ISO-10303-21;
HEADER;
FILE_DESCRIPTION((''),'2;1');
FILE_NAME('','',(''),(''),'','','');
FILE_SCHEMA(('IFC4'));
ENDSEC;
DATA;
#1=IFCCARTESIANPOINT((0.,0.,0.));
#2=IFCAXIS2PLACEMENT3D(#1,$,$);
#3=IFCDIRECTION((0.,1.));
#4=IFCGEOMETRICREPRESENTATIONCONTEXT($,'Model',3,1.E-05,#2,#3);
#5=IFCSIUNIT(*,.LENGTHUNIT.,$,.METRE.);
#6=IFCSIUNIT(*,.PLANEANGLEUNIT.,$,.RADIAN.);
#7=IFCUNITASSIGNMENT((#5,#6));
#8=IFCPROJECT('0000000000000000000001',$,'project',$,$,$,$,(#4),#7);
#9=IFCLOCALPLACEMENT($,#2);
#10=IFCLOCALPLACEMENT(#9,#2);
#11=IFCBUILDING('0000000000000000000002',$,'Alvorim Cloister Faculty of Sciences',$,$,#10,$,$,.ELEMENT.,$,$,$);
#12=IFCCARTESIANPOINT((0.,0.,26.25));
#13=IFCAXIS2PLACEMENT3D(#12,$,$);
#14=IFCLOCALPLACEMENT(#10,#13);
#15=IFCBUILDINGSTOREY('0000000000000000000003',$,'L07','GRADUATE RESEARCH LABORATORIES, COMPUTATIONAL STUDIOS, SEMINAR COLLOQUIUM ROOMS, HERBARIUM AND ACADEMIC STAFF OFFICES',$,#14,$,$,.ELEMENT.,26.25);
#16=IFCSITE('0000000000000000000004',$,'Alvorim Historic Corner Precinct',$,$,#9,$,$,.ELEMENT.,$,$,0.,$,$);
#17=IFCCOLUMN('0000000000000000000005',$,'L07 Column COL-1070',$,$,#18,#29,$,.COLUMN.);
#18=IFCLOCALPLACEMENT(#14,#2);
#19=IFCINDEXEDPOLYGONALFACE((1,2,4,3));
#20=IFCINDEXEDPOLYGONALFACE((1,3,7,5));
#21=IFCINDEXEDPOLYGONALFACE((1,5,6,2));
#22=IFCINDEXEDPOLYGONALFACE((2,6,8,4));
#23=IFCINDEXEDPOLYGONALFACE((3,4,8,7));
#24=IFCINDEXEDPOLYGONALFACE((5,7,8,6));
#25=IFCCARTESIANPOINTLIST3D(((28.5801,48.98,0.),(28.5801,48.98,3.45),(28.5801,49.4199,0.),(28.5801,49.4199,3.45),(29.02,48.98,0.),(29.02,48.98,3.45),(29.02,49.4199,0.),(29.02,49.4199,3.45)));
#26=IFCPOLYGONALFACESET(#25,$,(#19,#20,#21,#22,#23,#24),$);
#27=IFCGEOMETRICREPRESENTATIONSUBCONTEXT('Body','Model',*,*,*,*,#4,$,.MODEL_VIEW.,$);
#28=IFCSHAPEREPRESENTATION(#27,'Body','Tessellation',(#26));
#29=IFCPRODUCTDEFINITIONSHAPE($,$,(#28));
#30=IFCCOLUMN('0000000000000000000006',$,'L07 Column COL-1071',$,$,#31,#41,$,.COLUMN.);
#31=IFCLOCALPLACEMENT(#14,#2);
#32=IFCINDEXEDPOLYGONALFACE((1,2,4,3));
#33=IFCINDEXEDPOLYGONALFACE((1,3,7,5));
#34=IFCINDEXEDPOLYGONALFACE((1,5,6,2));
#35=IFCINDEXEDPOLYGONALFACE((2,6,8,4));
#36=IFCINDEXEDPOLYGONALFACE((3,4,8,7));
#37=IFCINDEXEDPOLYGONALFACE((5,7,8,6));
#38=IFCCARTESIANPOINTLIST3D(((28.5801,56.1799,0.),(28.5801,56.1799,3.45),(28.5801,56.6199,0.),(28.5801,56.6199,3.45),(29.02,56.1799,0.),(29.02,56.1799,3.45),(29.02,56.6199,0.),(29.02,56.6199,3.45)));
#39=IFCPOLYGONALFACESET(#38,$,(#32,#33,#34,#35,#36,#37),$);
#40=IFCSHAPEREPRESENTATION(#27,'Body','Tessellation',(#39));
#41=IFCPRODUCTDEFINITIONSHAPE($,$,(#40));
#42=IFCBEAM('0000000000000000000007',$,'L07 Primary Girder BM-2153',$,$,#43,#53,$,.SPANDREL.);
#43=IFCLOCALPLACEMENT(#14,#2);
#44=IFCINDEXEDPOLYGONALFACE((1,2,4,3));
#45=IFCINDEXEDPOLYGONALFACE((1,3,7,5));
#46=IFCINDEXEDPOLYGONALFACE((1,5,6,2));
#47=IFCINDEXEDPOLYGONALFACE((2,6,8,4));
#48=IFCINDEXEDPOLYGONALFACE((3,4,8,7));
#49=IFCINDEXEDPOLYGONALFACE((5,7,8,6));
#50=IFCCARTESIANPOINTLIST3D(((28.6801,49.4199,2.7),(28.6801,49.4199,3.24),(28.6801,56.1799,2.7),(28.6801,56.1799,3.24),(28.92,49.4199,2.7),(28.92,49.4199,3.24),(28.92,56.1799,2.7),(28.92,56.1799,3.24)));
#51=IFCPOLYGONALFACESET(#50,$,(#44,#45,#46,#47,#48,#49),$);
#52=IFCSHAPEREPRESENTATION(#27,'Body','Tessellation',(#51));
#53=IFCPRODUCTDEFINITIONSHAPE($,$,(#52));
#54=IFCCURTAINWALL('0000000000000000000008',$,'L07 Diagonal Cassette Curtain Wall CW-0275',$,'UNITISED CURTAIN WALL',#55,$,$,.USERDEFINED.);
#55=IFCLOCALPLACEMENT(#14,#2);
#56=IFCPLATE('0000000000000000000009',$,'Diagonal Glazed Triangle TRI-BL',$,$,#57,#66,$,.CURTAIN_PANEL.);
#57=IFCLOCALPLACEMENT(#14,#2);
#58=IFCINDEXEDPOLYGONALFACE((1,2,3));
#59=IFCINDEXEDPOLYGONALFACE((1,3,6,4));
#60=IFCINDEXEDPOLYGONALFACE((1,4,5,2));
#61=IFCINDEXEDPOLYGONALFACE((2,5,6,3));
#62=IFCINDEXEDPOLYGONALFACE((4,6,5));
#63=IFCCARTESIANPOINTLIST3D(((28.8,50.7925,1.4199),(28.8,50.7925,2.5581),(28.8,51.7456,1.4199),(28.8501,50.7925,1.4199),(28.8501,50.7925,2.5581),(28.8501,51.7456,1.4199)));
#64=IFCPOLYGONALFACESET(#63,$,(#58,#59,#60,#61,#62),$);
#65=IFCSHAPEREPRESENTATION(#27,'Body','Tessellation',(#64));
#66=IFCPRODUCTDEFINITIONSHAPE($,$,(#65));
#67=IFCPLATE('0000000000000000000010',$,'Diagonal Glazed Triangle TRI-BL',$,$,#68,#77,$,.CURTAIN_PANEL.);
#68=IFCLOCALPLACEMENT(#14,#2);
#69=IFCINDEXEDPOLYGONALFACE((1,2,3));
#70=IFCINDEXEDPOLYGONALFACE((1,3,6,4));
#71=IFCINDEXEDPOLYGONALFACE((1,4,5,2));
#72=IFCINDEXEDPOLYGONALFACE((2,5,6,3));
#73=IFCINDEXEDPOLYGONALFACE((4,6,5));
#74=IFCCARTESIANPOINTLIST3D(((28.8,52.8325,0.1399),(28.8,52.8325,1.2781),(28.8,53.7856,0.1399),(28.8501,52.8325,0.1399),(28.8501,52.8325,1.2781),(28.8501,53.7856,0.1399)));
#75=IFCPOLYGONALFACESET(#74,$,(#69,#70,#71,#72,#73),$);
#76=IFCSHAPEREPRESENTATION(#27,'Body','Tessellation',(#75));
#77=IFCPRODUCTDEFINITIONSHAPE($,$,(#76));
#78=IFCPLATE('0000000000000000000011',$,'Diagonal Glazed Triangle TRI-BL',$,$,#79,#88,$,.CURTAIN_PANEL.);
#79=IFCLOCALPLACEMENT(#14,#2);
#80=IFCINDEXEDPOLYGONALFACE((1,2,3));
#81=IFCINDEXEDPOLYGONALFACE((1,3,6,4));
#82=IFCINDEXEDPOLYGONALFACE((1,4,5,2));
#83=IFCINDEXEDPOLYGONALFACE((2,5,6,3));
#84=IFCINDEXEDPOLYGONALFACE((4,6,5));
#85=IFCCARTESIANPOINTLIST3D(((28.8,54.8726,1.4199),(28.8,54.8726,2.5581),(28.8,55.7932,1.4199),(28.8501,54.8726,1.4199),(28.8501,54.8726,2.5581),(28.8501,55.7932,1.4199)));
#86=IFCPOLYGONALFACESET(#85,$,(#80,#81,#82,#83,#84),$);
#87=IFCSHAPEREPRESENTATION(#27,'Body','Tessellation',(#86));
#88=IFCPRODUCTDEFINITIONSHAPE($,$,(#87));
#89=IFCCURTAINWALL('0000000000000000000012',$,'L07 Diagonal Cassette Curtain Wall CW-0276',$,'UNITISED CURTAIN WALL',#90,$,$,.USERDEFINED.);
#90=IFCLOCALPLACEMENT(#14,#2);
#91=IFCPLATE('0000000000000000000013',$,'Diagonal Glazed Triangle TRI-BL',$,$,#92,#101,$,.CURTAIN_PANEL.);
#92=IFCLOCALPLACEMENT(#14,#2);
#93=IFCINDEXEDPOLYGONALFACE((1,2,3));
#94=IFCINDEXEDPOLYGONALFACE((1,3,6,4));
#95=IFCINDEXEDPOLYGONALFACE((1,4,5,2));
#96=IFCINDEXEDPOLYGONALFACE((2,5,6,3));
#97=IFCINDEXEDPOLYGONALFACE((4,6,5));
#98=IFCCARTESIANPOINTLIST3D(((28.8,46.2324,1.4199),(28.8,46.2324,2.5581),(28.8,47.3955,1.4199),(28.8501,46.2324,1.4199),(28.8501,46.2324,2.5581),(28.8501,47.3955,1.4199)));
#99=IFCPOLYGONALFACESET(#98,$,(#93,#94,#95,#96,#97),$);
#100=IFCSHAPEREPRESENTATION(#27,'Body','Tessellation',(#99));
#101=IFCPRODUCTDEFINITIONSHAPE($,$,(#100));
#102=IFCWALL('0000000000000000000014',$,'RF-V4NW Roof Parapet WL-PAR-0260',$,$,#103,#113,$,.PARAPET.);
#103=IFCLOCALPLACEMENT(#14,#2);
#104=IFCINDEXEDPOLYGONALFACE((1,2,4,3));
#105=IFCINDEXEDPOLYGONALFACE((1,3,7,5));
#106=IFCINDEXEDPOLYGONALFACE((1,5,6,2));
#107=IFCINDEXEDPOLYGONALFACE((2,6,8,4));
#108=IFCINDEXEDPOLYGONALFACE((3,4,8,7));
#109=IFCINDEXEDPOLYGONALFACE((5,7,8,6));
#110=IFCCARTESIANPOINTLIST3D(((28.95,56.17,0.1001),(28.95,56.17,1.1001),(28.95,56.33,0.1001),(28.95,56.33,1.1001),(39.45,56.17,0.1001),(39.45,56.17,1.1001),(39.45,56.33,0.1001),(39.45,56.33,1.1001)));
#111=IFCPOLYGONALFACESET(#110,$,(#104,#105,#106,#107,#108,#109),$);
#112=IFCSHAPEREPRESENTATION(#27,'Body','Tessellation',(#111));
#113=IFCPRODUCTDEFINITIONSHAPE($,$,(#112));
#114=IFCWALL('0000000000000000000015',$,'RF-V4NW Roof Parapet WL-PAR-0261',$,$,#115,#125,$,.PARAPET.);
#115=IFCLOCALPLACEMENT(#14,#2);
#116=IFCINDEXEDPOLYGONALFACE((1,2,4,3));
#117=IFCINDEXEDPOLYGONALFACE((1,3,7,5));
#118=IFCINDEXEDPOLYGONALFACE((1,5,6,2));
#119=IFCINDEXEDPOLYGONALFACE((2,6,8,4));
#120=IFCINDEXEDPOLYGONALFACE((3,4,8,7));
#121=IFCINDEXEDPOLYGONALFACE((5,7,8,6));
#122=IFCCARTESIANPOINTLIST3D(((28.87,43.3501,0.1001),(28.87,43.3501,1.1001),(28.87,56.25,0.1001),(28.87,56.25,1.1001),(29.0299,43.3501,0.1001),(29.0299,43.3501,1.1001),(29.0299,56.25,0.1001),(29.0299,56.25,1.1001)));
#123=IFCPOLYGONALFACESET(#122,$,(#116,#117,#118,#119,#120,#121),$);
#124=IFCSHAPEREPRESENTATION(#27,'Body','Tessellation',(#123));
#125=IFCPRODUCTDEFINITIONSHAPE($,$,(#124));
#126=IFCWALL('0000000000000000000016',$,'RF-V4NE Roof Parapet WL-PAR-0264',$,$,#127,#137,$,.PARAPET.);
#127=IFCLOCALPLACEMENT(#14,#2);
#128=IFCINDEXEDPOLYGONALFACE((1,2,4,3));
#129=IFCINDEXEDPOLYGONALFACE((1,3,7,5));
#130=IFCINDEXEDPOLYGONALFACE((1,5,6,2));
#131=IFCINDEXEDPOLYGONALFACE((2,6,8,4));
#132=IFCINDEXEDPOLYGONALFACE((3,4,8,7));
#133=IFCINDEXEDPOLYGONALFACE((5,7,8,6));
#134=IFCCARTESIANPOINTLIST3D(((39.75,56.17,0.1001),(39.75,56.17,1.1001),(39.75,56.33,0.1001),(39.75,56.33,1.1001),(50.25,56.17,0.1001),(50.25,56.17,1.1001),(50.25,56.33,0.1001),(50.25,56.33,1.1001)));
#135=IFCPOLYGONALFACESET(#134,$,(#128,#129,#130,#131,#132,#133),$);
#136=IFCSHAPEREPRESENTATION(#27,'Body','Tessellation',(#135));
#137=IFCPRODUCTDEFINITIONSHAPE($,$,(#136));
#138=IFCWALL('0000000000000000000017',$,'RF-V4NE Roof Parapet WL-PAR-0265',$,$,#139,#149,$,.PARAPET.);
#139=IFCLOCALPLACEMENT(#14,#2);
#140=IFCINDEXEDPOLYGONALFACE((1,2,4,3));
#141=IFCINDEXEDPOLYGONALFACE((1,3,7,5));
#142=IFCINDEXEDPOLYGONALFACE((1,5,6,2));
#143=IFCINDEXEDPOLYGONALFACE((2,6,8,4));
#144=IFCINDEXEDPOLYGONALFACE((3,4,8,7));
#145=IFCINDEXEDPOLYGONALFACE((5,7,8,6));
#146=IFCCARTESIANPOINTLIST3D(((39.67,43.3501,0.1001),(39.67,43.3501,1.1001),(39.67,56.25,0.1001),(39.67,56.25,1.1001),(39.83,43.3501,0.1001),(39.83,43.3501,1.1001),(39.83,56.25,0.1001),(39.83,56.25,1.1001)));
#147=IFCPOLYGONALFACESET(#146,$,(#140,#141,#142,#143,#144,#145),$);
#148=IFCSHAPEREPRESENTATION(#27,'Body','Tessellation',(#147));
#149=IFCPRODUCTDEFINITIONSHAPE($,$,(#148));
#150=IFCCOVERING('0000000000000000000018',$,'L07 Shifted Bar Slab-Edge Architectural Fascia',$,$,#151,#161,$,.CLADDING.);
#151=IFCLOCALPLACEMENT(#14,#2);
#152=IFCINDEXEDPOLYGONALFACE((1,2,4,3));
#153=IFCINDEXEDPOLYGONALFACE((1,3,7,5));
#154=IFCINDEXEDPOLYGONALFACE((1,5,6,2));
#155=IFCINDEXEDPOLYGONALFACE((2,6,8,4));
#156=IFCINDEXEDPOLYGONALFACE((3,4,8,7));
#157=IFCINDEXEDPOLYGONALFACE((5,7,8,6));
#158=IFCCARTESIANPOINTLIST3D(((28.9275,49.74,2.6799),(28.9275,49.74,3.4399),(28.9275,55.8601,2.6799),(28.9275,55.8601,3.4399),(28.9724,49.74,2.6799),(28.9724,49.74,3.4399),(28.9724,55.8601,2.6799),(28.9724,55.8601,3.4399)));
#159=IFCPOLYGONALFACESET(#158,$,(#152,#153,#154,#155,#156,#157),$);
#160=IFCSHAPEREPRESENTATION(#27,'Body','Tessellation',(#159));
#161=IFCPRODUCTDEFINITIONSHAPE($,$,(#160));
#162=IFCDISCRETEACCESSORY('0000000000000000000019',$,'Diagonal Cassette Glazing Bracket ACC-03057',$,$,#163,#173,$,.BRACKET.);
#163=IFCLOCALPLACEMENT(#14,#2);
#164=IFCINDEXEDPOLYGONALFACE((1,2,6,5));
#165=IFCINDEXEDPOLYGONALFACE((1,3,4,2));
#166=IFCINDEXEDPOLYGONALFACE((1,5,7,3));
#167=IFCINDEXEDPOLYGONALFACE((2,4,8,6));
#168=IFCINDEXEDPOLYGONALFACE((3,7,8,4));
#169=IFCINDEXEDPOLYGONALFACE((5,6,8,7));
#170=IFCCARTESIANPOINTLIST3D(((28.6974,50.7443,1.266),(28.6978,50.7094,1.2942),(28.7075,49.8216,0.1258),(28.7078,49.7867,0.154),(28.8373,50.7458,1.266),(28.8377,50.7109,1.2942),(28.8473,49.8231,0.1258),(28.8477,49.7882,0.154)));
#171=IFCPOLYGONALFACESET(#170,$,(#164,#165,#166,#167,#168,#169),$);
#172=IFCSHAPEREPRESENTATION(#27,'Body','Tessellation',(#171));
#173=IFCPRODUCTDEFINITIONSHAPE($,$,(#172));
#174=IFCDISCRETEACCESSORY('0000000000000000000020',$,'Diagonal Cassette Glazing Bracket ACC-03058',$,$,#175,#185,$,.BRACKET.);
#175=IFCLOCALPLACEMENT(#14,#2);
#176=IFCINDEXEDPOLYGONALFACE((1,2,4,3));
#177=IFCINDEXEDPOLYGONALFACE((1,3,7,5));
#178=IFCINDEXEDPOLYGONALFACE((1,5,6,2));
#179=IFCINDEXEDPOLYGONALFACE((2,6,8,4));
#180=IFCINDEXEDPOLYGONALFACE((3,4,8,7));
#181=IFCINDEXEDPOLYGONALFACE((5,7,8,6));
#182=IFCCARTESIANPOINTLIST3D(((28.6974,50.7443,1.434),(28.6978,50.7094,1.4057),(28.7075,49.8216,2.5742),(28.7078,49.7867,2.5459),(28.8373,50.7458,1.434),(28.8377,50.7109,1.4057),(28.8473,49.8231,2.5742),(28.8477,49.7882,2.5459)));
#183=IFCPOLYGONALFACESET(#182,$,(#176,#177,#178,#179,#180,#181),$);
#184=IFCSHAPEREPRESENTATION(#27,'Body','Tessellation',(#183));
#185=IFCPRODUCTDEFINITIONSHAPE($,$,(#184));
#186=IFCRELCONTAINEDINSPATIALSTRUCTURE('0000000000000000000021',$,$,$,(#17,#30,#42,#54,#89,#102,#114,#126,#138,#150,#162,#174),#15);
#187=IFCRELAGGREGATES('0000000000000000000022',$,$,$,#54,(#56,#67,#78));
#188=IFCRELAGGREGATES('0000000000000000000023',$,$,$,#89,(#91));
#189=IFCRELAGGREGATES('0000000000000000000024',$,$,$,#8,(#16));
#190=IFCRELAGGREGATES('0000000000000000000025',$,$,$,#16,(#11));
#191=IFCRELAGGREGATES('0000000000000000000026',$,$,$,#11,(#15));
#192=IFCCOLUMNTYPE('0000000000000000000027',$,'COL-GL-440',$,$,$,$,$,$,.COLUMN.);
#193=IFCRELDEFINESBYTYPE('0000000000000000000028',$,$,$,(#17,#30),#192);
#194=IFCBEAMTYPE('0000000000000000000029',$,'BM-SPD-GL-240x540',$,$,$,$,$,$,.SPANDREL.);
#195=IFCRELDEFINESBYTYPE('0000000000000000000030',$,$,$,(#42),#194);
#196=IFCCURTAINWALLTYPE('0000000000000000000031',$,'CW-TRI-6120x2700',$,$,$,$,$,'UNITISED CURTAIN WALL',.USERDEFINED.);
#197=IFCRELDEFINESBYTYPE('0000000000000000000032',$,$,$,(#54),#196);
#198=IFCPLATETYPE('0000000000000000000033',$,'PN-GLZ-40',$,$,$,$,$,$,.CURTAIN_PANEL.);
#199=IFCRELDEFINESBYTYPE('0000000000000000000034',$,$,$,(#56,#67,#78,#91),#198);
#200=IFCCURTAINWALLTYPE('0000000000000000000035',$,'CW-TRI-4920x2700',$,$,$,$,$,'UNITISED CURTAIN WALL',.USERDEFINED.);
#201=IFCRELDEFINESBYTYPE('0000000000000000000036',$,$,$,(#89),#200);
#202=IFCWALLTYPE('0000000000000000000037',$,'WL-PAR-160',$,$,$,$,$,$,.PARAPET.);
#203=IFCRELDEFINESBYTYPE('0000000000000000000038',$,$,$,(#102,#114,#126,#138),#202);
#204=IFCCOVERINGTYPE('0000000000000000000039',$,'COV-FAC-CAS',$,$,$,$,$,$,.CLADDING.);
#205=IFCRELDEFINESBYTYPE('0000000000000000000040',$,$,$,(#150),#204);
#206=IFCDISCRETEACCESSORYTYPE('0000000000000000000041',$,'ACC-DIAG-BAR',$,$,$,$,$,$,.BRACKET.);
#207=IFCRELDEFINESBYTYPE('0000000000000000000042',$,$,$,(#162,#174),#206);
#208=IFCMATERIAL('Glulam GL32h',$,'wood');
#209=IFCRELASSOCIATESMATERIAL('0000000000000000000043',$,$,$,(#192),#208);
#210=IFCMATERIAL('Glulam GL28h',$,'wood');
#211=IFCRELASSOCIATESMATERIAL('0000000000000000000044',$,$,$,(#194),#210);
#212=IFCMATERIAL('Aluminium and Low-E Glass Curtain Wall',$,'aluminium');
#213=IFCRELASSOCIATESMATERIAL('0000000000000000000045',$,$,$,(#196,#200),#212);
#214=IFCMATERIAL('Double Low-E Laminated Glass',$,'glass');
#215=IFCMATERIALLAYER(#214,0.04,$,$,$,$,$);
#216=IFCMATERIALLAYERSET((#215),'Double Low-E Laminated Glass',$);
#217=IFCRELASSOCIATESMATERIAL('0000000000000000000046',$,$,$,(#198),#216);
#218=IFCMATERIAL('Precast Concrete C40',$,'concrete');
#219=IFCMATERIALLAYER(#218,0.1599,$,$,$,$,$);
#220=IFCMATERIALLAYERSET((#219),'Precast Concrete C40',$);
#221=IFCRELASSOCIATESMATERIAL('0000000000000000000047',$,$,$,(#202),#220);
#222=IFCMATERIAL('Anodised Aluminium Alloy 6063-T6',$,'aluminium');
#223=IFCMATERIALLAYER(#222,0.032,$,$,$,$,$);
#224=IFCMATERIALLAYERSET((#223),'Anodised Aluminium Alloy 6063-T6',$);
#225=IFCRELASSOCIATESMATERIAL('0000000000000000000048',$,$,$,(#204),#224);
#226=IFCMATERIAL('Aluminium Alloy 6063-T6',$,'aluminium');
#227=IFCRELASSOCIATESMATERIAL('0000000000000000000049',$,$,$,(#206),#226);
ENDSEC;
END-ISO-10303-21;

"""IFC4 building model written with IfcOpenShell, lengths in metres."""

from ifc_helpers import new_model, si_unit, direction, frame, frame_2d, origin, origin_2d, place, context, subcontext, project, spatial, polyline, rectangle, outline, extrude, material, layer, layer_set, material_profile, profile_set, type_object, element, aggregate, save


model = new_model("IFC4")

# Units and contexts
model_context = context("Model", 3, precision=1e-05, world=origin(), true_north=direction((0.0, 1.0)))
body_context = subcontext(model_context, "Body", "Model", "MODEL_VIEW")
ifc_project = project(units=[si_unit("LENGTHUNIT", "METRE"), si_unit("PLANEANGLEUNIT", "RADIAN")], contexts=[model_context])

# Site, building, storey
site_placement = place(None, origin())
site = spatial("IfcSite", under=ifc_project, at=site_placement, Name="Alvorim Historic Corner Precinct", CompositionType="ELEMENT", RefElevation=0.0)
building_placement = place(site_placement, origin())
building = spatial("IfcBuilding", under=site, at=building_placement, Name="Alvorim Cloister Faculty of Sciences", CompositionType="ELEMENT")
storey_placement = place(building_placement, frame((0.0, 0.0, 26.25)))
storey = spatial("IfcBuildingStorey", under=building, at=storey_placement, Name="L07", Description="GRADUATE RESEARCH LABORATORIES, COMPUTATIONAL STUDIOS, SEMINAR COLLOQUIUM ROOMS, HERBARIUM AND ACADEMIC STAFF OFFICES", CompositionType="ELEMENT", Elevation=26.25)

# Columns
ifc_material_1 = material(Name="Glulam GL32h", Category="wood")
ifc_material_profile_1 = material_profile(ifc_material_1, rectangle(XDim=0.4399, YDim=0.4399, at=origin_2d()), Name="GL32-COL-440x440")
ifc_profile_set_1 = profile_set([ifc_material_profile_1], Name="Glulam GL32h")
column_type = type_object("IfcColumnType", Name="COL-GL-440", PredefinedType="COLUMN", material=ifc_profile_set_1)
for number, where, z_axis, x_axis, name in (
    (1, (28.8, 49.2, 0.0), (0.0, 0.0, 1.0), (1.0, 0.0, 0.0), "L07 Column COL-1070"),
    (2, (28.8, 56.3999, 0.0), (0.0, 0.0, 1.0), (1.0, 0.0, 0.0), "L07 Column COL-1071"),
):
    element("IfcColumn", number, at=place(storey_placement, frame(where, z_axis=z_axis, x_axis=x_axis)), inside=storey, type_object=column_type, Name=name, PredefinedType="COLUMN", context=body_context, shape_type="SweptSolid", body=[
        extrude(rectangle(XDim=0.4399, YDim=0.4399, at=origin_2d()), origin(), (0.0, 0.0, 1.0), 3.45),
    ])

# Beam
ifc_material_2 = material(Name="Glulam GL28h", Category="wood")
ifc_material_profile_2 = material_profile(ifc_material_2, rectangle(XDim=0.24, YDim=0.54, at=origin_2d()), Name="GL28-SPD-240x540")
ifc_profile_set_2 = profile_set([ifc_material_profile_2], Name="Glulam GL28h")
beam_type = type_object("IfcBeamType", Name="BM-SPD-GL-240x540", PredefinedType="SPANDREL", material=ifc_profile_set_2)
beam_placement = place(storey_placement, frame((28.8, 49.4199, 2.97), z_axis=(0.0, 1.0, 0.0), x_axis=(-1.0, 0.0, 0.0)))
element("IfcBeam", 3, at=beam_placement, inside=storey, type_object=beam_type, Name="L07 Primary Girder BM-2153", PredefinedType="SPANDREL", context=body_context, shape_type="SweptSolid", body=[
    extrude(rectangle(XDim=0.24, YDim=0.54, at=origin_2d()), origin(), (0.0, 0.0, 1.0), 6.76),
])

# Curtain walls, plates
ifc_material_3 = material(Name="Aluminium and Low-E Glass Curtain Wall", Category="aluminium")
curtain_wall_type_1 = type_object("IfcCurtainWallType", Name="CW-TRI-6120x2700", ElementType="UNITISED CURTAIN WALL", PredefinedType="USERDEFINED", material=ifc_material_3)
curtain_wall_1_placement = place(storey_placement, origin())
curtain_wall_1 = element("IfcCurtainWall", 4, at=curtain_wall_1_placement, inside=storey, type_object=curtain_wall_type_1, Name="L07 Diagonal Cassette Curtain Wall CW-0275", ObjectType="UNITISED CURTAIN WALL", PredefinedType="USERDEFINED")
ifc_material_4 = material(Name="Double Low-E Laminated Glass", Category="glass")
ifc_layer_1 = layer(ifc_material_4, 0.04)
ifc_layer_set_1 = layer_set([ifc_layer_1], Name="Double Low-E Laminated Glass")
plate_type = type_object("IfcPlateType", Name="PN-GLZ-40", PredefinedType="CURTAIN_PANEL", material=ifc_layer_set_1)
plate_1_placement = place(storey_placement, frame((28.825, 50.7925, 1.4199), z_axis=(0.0, 0.0, 1.0), x_axis=(0.0, 1.0, 0.0)))
plate_1 = element("IfcPlate", 5, at=plate_1_placement, type_object=plate_type, Name="Diagonal Glazed Triangle TRI-BL", PredefinedType="CURTAIN_PANEL", context=body_context, shape_type="SweptSolid", body=[
    extrude(outline(polyline([(0.0, 0.0), (0.9531, 0.0), (0.0, 1.1382), (0.0, 0.0)])), frame((0.0, 0.0249, 0.0), z_axis=(0.0, -1.0, 0.0), x_axis=(1.0, 0.0, 0.0)), (0.0, 0.0, 1.0), 0.05),
])
plate_2_placement = place(storey_placement, frame((28.825, 52.8325, 0.1399), z_axis=(0.0, 0.0, 1.0), x_axis=(0.0, 1.0, 0.0)))
plate_2 = element("IfcPlate", 6, at=plate_2_placement, type_object=plate_type, Name="Diagonal Glazed Triangle TRI-BL", PredefinedType="CURTAIN_PANEL", context=body_context, shape_type="SweptSolid", body=[
    extrude(outline(polyline([(0.0, 0.0), (0.9531, 0.0), (0.0, 1.1382), (0.0, 0.0)])), frame((0.0, 0.0249, 0.0), z_axis=(0.0, -1.0, 0.0), x_axis=(1.0, 0.0, 0.0)), (0.0, 0.0, 1.0), 0.05),
])
plate_3_placement = place(storey_placement, frame((28.825, 54.8726, 1.4199), z_axis=(0.0, 0.0, 1.0), x_axis=(0.0, 1.0, 0.0)))
plate_3 = element("IfcPlate", 7, at=plate_3_placement, type_object=plate_type, Name="Diagonal Glazed Triangle TRI-BL", PredefinedType="CURTAIN_PANEL", context=body_context, shape_type="SweptSolid", body=[
    extrude(outline(polyline([(0.0, 0.0), (0.9207, 0.0), (0.0, 1.1382), (0.0, 0.0)])), frame((0.0, 0.0249, 0.0), z_axis=(0.0, -1.0, 0.0), x_axis=(1.0, 0.0, 0.0)), (0.0, 0.0, 1.0), 0.05),
])
aggregate(curtain_wall_1, [plate_1, plate_2, plate_3])
curtain_wall_type_2 = type_object("IfcCurtainWallType", Name="CW-TRI-4920x2700", ElementType="UNITISED CURTAIN WALL", PredefinedType="USERDEFINED", material=ifc_material_3)
curtain_wall_2_placement = place(storey_placement, origin())
curtain_wall_2 = element("IfcCurtainWall", 8, at=curtain_wall_2_placement, inside=storey, type_object=curtain_wall_type_2, Name="L07 Diagonal Cassette Curtain Wall CW-0276", ObjectType="UNITISED CURTAIN WALL", PredefinedType="USERDEFINED")
plate_4_placement = place(storey_placement, frame((28.825, 46.2324, 1.4199), z_axis=(0.0, 0.0, 1.0), x_axis=(0.0, 1.0, 0.0)))
plate_4 = element("IfcPlate", 9, at=plate_4_placement, type_object=plate_type, Name="Diagonal Glazed Triangle TRI-BL", PredefinedType="CURTAIN_PANEL", context=body_context, shape_type="SweptSolid", body=[
    extrude(outline(polyline([(0.0, 0.0), (1.1631, 0.0), (0.0, 1.1382), (0.0, 0.0)])), frame((0.0, 0.0249, 0.0), z_axis=(0.0, -1.0, 0.0), x_axis=(1.0, 0.0, 0.0)), (0.0, 0.0, 1.0), 0.05),
])
aggregate(curtain_wall_2, [plate_4])

# Walls
ifc_material_5 = material(Name="Precast Concrete C40", Category="concrete")
ifc_layer_2 = layer(ifc_material_5, 0.1599)
ifc_layer_set_2 = layer_set([ifc_layer_2], Name="Precast Concrete C40")
wall_type = type_object("IfcWallType", Name="WL-PAR-160", PredefinedType="PARAPET", material=ifc_layer_set_2)
wall_1_placement = place(storey_placement, frame((39.45, 56.25, 0.1001), z_axis=(0.0, 0.0, 1.0), x_axis=(-1.0, 0.0, 0.0)))
element("IfcWall", 10, at=wall_1_placement, inside=storey, type_object=wall_type, Name="RF-V4NW Roof Parapet WL-PAR-0260", PredefinedType="PARAPET", context=body_context, shape_type="SweptSolid", body=[
    extrude(rectangle(XDim=10.5, YDim=0.1599, at=frame_2d((5.25, 0.0))), origin(), (0.0, 0.0, 1.0), 1.0),
])
wall_2_placement = place(storey_placement, frame((28.95, 56.25, 0.1001), z_axis=(0.0, 0.0, 1.0), x_axis=(0.0, -1.0, 0.0)))
element("IfcWall", 11, at=wall_2_placement, inside=storey, type_object=wall_type, Name="RF-V4NW Roof Parapet WL-PAR-0261", PredefinedType="PARAPET", context=body_context, shape_type="SweptSolid", body=[
    extrude(rectangle(XDim=12.8999, YDim=0.1599, at=frame_2d((6.45, 0.0))), origin(), (0.0, 0.0, 1.0), 1.0),
])
wall_3_placement = place(storey_placement, frame((50.25, 56.25, 0.1001), z_axis=(0.0, 0.0, 1.0), x_axis=(-1.0, 0.0, 0.0)))
element("IfcWall", 12, at=wall_3_placement, inside=storey, type_object=wall_type, Name="RF-V4NE Roof Parapet WL-PAR-0264", PredefinedType="PARAPET", context=body_context, shape_type="SweptSolid", body=[
    extrude(rectangle(XDim=10.5, YDim=0.1599, at=frame_2d((5.25, 0.0))), origin(), (0.0, 0.0, 1.0), 1.0),
])
wall_4_placement = place(storey_placement, frame((39.75, 56.25, 0.1001), z_axis=(0.0, 0.0, 1.0), x_axis=(0.0, -1.0, 0.0)))
element("IfcWall", 13, at=wall_4_placement, inside=storey, type_object=wall_type, Name="RF-V4NE Roof Parapet WL-PAR-0265", PredefinedType="PARAPET", context=body_context, shape_type="SweptSolid", body=[
    extrude(rectangle(XDim=12.8999, YDim=0.1599, at=frame_2d((6.45, 0.0))), origin(), (0.0, 0.0, 1.0), 1.0),
])

# Covering
ifc_material_6 = material(Name="Anodised Aluminium Alloy 6063-T6", Category="aluminium")
ifc_layer_3 = layer(ifc_material_6, 0.032)
ifc_layer_set_3 = layer_set([ifc_layer_3], Name="Anodised Aluminium Alloy 6063-T6")
covering_type = type_object("IfcCoveringType", Name="COV-FAC-CAS", PredefinedType="CLADDING", material=ifc_layer_set_3)
covering_placement = place(storey_placement, frame((28.95, 49.74, 2.6799), z_axis=(0.0, 0.0, 1.0), x_axis=(0.0, 1.0, 0.0)))
element("IfcCovering", 14, at=covering_placement, inside=storey, type_object=covering_type, Name="L07 Shifted Bar Slab-Edge Architectural Fascia", PredefinedType="CLADDING", context=body_context, shape_type="SweptSolid", body=[
    extrude(outline(polyline([(0.0, 0.0), (6.1201, 0.0), (6.1201, 0.76), (0.0, 0.76), (0.0, 0.0)])), frame((0.0, 0.0225, 0.0), z_axis=(0.0, -1.0, 0.0), x_axis=(1.0, 0.0, 0.0)), (0.0, 0.0, 1.0), 0.0449),
])

# Discrete accessories
ifc_material_7 = material(Name="Aluminium Alloy 6063-T6", Category="aluminium")
discrete_accessory_type = type_object("IfcDiscreteAccessoryType", Name="ACC-DIAG-BAR", PredefinedType="BRACKET", material=ifc_material_7)
for number, where, z_axis, x_axis, name in (
    (15, (28.7776, 49.8049, 0.1399), (-0.006825, 0.629035, 0.777347), (-0.999941, -0.010849, 0.0), "Diagonal Cassette Glazing Bracket ACC-03057"),
    (16, (28.7776, 49.8049, 2.5601), (-0.006825, 0.629035, -0.777347), (-0.999941, -0.010849, 0.0), "Diagonal Cassette Glazing Bracket ACC-03058"),
):
    element("IfcDiscreteAccessory", number, at=place(storey_placement, frame(where, z_axis=z_axis, x_axis=x_axis)), inside=storey, type_object=discrete_accessory_type, Name=name, PredefinedType="BRACKET", context=body_context, shape_type="SweptSolid", body=[
        extrude(rectangle(XDim=0.1399, YDim=0.0449, at=origin_2d()), origin(), (0.0, 0.0, 1.0), 1.4668),
    ])

save(model, "model.ifc")
